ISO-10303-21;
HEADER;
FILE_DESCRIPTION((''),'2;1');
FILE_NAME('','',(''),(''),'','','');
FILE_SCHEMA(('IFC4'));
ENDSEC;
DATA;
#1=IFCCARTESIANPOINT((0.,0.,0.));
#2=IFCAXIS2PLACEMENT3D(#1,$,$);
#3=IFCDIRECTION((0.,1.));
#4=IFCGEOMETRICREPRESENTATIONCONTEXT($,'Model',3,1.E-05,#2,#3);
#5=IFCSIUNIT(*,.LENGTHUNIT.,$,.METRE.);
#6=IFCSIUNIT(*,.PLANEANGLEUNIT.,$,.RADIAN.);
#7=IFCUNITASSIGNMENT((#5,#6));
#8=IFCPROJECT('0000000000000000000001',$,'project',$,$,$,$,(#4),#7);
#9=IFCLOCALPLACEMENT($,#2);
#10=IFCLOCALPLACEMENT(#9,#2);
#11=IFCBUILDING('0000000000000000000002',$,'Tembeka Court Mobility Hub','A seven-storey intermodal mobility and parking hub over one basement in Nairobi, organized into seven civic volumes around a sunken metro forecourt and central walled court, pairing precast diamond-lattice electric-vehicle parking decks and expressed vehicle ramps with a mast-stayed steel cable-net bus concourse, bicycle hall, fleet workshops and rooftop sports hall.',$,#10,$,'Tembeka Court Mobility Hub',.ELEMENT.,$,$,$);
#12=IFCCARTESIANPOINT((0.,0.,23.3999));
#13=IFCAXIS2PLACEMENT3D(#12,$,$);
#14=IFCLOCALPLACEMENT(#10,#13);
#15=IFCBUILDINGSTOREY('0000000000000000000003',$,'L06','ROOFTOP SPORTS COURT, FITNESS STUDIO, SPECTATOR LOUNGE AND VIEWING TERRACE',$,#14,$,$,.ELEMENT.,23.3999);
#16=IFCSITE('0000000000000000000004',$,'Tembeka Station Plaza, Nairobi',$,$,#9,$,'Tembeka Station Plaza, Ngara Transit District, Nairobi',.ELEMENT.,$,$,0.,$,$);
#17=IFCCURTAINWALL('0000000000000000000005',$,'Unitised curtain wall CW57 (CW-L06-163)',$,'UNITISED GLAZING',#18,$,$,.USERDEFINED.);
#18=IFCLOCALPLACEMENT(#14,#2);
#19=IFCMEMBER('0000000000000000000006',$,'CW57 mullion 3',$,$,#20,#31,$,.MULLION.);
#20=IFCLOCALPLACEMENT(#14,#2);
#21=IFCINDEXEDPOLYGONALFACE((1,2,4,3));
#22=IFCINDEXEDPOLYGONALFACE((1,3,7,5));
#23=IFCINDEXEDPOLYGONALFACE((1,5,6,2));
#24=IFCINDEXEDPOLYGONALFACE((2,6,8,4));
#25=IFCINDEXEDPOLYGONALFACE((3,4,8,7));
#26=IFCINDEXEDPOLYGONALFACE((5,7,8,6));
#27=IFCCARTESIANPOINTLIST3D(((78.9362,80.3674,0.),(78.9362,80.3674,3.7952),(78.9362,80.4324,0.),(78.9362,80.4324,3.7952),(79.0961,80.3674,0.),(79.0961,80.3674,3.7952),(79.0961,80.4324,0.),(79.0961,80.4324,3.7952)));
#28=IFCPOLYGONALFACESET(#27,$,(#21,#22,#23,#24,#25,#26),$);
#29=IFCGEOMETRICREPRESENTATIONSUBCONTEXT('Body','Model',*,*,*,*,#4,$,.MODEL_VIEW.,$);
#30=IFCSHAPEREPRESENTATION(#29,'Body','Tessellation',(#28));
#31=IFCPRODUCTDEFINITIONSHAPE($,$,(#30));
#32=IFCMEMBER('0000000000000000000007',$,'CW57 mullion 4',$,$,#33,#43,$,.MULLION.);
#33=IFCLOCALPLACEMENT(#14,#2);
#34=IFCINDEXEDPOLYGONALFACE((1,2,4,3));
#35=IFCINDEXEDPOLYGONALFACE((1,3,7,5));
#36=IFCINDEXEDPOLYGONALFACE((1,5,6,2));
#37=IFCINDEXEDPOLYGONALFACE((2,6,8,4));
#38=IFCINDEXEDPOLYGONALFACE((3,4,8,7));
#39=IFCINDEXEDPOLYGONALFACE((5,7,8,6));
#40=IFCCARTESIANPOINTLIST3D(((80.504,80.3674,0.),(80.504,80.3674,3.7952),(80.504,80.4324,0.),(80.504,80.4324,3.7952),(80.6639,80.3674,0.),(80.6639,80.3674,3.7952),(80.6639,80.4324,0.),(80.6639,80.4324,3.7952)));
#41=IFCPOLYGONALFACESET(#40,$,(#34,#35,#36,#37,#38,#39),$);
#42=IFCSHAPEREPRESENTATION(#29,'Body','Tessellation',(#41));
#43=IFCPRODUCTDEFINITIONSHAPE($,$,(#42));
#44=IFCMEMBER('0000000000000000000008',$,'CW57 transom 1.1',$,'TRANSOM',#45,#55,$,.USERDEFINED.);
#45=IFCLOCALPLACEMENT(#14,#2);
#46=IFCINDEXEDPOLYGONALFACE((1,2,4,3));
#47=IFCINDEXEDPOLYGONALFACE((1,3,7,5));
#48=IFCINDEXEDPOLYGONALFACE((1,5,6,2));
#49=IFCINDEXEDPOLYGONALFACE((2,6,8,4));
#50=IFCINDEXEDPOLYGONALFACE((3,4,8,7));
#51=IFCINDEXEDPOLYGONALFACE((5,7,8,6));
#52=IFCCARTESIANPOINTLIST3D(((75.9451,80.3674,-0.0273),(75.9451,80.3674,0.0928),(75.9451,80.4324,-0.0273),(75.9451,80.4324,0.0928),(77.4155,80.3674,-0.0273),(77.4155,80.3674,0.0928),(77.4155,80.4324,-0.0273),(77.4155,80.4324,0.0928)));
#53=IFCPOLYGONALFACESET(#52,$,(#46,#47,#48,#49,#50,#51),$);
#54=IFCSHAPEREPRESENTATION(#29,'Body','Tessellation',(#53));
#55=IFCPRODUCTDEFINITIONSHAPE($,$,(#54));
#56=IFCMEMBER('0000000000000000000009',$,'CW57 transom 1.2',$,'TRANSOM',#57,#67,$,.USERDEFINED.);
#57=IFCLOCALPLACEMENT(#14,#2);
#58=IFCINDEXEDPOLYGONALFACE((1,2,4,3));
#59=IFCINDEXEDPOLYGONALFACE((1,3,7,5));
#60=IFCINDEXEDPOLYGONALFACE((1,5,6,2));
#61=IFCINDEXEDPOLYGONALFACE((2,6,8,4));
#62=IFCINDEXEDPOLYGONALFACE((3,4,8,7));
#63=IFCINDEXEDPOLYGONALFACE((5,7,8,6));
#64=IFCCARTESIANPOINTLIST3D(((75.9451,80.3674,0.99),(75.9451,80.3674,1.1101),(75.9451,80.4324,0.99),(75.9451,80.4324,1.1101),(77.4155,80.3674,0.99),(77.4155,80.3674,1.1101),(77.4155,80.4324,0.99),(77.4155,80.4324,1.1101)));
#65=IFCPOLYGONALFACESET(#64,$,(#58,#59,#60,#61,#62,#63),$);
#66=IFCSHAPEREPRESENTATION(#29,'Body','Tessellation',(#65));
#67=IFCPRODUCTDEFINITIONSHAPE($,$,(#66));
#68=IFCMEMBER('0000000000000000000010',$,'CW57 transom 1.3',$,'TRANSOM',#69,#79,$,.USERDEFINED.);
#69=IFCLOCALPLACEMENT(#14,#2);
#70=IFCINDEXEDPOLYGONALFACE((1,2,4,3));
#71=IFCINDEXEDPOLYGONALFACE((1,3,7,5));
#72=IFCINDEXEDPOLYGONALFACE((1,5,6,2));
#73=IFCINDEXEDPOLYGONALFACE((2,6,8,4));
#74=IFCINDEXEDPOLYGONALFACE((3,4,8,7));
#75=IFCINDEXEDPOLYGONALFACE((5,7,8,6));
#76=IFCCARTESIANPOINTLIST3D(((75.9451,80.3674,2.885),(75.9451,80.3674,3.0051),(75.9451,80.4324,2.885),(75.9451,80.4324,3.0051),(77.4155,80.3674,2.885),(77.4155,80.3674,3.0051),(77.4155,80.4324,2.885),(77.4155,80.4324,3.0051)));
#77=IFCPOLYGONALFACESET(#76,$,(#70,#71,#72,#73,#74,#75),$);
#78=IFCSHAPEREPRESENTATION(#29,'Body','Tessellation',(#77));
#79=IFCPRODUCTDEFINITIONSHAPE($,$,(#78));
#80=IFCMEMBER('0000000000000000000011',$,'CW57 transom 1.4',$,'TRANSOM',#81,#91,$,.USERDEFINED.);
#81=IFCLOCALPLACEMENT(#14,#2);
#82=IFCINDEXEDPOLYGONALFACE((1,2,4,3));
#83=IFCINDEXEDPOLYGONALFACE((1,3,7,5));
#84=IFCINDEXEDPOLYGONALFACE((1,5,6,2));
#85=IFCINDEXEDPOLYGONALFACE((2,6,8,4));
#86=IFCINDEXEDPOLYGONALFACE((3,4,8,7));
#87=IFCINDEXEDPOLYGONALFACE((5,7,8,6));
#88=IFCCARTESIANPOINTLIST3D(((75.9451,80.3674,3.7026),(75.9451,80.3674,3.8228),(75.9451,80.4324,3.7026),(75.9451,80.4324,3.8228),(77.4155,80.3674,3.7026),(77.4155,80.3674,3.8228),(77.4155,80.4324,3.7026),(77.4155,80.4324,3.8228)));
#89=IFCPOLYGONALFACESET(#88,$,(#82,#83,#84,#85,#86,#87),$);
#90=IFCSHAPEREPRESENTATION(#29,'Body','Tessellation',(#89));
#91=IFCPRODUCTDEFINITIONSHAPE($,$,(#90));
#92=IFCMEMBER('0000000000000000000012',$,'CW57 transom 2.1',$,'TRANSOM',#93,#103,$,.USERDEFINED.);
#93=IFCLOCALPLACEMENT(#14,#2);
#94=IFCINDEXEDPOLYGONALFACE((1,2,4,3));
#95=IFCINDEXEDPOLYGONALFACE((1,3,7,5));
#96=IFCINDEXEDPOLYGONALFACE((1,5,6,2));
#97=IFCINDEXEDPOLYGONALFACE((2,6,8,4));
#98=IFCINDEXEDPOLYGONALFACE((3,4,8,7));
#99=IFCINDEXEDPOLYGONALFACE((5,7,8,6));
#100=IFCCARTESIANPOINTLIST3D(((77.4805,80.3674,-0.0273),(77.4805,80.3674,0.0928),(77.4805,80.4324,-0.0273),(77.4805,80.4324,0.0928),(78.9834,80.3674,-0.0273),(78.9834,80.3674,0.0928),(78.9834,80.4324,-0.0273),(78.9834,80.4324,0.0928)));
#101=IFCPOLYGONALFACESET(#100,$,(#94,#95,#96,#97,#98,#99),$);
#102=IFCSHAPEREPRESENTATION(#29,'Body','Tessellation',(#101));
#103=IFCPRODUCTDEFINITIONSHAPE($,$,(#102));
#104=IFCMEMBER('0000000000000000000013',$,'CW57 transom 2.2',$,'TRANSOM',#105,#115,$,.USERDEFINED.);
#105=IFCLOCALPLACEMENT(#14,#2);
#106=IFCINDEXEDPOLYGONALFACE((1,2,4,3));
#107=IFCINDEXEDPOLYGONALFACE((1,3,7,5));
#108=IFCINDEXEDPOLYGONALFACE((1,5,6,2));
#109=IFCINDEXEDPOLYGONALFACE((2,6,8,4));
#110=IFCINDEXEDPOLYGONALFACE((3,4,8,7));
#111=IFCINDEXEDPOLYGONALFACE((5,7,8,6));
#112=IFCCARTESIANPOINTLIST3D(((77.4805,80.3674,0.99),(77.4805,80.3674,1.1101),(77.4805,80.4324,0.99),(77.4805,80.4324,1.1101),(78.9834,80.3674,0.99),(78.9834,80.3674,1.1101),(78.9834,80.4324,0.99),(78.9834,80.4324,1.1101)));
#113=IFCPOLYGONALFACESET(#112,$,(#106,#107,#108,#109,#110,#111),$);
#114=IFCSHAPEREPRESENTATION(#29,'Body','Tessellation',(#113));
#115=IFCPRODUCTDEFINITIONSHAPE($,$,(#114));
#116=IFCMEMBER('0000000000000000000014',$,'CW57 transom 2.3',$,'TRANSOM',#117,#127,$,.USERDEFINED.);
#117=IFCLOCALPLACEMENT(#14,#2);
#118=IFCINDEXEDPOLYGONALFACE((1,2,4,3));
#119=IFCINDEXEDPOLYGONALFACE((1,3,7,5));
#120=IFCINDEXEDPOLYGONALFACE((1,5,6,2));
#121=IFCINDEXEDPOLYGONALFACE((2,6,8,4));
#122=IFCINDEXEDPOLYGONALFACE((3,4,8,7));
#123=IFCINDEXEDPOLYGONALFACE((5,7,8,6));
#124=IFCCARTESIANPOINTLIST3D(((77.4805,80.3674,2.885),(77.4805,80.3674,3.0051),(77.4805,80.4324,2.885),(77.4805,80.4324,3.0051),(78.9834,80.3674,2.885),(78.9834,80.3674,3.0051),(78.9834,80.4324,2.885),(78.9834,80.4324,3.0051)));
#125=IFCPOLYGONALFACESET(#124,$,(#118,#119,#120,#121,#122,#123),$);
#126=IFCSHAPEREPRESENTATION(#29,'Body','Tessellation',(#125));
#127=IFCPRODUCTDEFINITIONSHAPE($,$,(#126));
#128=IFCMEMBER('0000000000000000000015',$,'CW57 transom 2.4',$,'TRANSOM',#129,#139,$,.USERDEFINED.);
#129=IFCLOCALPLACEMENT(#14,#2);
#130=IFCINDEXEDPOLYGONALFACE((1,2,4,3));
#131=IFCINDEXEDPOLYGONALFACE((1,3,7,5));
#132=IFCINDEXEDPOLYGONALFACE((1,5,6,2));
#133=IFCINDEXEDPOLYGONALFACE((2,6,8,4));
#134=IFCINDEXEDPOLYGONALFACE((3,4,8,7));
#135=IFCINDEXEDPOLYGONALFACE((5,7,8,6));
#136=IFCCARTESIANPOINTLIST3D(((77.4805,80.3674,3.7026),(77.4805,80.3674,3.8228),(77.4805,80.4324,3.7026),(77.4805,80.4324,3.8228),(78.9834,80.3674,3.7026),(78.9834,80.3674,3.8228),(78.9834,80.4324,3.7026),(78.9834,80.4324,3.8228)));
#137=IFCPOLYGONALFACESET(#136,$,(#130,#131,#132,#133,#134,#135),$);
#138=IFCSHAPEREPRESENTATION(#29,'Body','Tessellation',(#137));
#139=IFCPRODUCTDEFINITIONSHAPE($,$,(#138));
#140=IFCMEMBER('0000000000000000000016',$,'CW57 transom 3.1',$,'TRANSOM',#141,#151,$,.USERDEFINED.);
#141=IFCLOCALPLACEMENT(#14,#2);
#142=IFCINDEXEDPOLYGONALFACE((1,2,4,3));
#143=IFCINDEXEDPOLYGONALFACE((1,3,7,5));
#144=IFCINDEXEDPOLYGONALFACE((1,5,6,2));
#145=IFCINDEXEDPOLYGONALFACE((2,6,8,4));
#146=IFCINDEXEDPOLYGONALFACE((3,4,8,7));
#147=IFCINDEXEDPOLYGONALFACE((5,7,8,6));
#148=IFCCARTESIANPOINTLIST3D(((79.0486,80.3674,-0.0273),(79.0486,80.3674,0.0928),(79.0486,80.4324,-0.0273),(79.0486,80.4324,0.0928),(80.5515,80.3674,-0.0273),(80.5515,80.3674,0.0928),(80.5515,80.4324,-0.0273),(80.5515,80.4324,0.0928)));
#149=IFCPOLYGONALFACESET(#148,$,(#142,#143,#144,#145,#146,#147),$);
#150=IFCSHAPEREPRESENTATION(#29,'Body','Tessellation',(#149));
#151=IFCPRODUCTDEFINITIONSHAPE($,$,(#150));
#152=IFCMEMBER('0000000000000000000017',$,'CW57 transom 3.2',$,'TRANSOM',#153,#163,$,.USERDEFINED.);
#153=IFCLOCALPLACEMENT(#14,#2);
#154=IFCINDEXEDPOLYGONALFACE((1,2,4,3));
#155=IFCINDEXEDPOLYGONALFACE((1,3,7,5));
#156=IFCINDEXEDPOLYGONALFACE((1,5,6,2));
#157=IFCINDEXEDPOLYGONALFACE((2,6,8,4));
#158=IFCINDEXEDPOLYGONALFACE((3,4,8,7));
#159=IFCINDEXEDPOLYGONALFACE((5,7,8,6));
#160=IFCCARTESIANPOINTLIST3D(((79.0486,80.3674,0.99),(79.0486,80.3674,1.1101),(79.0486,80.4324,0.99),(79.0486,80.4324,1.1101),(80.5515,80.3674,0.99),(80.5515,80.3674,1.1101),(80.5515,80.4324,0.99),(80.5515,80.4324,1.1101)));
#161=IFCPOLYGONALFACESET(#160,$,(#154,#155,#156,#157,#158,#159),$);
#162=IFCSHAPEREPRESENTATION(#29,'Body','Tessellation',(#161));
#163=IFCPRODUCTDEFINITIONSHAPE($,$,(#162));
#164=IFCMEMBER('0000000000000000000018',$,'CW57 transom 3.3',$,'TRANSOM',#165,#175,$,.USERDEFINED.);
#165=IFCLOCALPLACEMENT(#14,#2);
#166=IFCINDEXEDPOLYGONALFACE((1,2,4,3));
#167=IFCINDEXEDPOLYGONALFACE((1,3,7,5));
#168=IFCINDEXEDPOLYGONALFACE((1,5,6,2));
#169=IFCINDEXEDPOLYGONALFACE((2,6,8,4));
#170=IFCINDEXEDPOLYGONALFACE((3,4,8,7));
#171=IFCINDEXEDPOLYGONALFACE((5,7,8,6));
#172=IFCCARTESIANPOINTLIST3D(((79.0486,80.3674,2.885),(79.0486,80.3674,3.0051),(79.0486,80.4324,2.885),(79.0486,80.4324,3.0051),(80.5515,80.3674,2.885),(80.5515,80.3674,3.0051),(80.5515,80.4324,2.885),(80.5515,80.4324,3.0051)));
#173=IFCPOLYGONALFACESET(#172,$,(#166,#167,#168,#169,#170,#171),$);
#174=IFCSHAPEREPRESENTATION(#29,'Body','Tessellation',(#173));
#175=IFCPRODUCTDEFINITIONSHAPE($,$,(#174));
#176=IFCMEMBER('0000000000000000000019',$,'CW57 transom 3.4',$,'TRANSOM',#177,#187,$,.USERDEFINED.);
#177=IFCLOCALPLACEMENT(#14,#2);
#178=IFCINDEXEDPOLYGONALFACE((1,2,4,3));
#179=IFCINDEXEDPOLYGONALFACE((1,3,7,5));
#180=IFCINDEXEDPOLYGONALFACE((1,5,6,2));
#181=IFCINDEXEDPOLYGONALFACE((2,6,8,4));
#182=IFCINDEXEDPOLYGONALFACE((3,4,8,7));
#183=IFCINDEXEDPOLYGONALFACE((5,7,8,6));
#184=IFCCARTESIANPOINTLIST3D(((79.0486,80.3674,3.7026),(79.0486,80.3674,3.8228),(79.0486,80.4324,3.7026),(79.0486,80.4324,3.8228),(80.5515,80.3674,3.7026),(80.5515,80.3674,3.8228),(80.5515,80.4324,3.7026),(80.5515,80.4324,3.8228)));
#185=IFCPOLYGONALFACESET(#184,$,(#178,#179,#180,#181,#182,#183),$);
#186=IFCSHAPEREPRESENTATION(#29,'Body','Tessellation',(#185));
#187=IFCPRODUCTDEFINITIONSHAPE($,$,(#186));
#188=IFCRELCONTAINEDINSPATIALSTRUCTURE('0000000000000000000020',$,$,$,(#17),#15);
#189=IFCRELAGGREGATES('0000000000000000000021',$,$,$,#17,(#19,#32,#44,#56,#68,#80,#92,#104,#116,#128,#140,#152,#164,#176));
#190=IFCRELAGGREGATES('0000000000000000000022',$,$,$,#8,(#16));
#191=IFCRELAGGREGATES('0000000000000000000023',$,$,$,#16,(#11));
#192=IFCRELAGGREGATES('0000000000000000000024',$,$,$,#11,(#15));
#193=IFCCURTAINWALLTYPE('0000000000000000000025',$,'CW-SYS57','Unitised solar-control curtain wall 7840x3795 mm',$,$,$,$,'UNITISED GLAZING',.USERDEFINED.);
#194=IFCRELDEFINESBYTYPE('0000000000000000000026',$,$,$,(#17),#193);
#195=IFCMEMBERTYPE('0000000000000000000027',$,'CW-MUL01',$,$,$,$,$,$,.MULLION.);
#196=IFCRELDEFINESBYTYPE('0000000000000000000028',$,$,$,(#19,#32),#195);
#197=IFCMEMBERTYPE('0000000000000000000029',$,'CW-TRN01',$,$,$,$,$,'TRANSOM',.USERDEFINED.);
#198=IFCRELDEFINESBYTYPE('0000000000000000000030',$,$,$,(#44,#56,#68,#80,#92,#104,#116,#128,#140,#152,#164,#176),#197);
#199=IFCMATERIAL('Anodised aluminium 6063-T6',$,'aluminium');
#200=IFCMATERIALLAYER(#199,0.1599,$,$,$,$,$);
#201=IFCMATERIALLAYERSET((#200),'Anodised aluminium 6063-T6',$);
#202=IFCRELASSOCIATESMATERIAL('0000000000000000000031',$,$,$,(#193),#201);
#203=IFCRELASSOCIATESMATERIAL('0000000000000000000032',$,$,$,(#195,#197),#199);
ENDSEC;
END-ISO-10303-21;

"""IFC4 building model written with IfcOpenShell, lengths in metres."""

from ifc_helpers import new_model, si_unit, direction, frame, origin, origin_2d, place, context, subcontext, project, spatial, rectangle, extrude, material, layer, layer_set, material_profile, profile_set, type_object, element, aggregate, save


model = new_model("IFC4")

# Units and contexts
model_context = context("Model", 3, precision=1e-05, world=origin(), true_north=direction((0.0, 1.0)))
body_context = subcontext(model_context, "Body", "Model", "MODEL_VIEW")
ifc_project = project(units=[si_unit("LENGTHUNIT", "METRE"), si_unit("PLANEANGLEUNIT", "RADIAN")], contexts=[model_context])

# Site, building, storey
site_placement = place(None, origin())
site = spatial("IfcSite", under=ifc_project, at=site_placement, Name="Tembeka Station Plaza, Nairobi", LongName="Tembeka Station Plaza, Ngara Transit District, Nairobi", CompositionType="ELEMENT", RefElevation=0.0)
building_placement = place(site_placement, origin())
building = spatial("IfcBuilding", under=site, at=building_placement, Name="Tembeka Court Mobility Hub", Description="A seven-storey intermodal mobility and parking hub over one basement in Nairobi, organized into seven civic volumes around a sunken metro forecourt and central walled court, pairing precast diamond-lattice electric-vehicle parking decks and expressed vehicle ramps with a mast-stayed steel cable-net bus concourse, bicycle hall, fleet workshops and rooftop sports hall.", LongName="Tembeka Court Mobility Hub", CompositionType="ELEMENT")
storey_placement = place(building_placement, frame((0.0, 0.0, 23.3999)))
storey = spatial("IfcBuildingStorey", under=building, at=storey_placement, Name="L06", Description="ROOFTOP SPORTS COURT, FITNESS STUDIO, SPECTATOR LOUNGE AND VIEWING TERRACE", CompositionType="ELEMENT", Elevation=23.3999)

# Shared definitions
ifc_material_1 = material(Name="Anodised aluminium 6063-T6", Category="aluminium")
ifc_layer_1 = layer(ifc_material_1, 0.1599)
ifc_layer_set_1 = layer_set([ifc_layer_1], Name="Anodised aluminium 6063-T6")
curtain_wall_type = type_object("IfcCurtainWallType", Name="CW-SYS57", Description="Unitised solar-control curtain wall 7840x3795 mm", ElementType="UNITISED GLAZING", PredefinedType="USERDEFINED", material=ifc_layer_set_1)
ifc_material_profile_1 = material_profile(ifc_material_1, rectangle(XDim=0.0649, YDim=0.1599, at=origin_2d()), Name="ALU-MUL 65x160")
ifc_profile_set_1 = profile_set([ifc_material_profile_1], Name="Anodised aluminium 6063-T6")
member_type_1 = type_object("IfcMemberType", Name="CW-MUL01", PredefinedType="MULLION", material=ifc_profile_set_1)

# Curtain wall, members
curtain_wall_1_placement = place(storey_placement, origin())
curtain_wall_1 = element("IfcCurtainWall", 1, at=curtain_wall_1_placement, inside=storey, type_object=curtain_wall_type, Name="Unitised curtain wall CW57 (CW-L06-163)", ObjectType="UNITISED GLAZING", PredefinedType="USERDEFINED")
member_1_placement = place(storey_placement, frame((79.0161, 80.3999, 0.0), z_axis=(0.0, 0.0, 1.0), x_axis=(0.0, 1.0, 0.0)))
member_1 = element("IfcMember", 2, at=member_1_placement, type_object=member_type_1, Name="CW57 mullion 3", PredefinedType="MULLION", context=body_context, shape_type="SweptSolid", body=[
    extrude(rectangle(XDim=0.0649, YDim=0.1599, at=origin_2d()), origin(), (0.0, 0.0, 1.0), 3.7952),
])
member_2_placement = place(storey_placement, frame((80.584, 80.3999, 0.0), z_axis=(0.0, 0.0, 1.0), x_axis=(0.0, 1.0, 0.0)))
member_2 = element("IfcMember", 3, at=member_2_placement, type_object=member_type_1, Name="CW57 mullion 4", PredefinedType="MULLION", context=body_context, shape_type="SweptSolid", body=[
    extrude(rectangle(XDim=0.0649, YDim=0.1599, at=origin_2d()), origin(), (0.0, 0.0, 1.0), 3.7952),
])
ifc_material_profile_2 = material_profile(ifc_material_1, rectangle(XDim=0.0649, YDim=0.1201, at=origin_2d()), Name="ALU-TRN 65x120")
ifc_profile_set_2 = profile_set([ifc_material_profile_2], Name="Anodised aluminium 6063-T6")
member_type_2 = type_object("IfcMemberType", Name="CW-TRN01", ElementType="TRANSOM", PredefinedType="USERDEFINED", material=ifc_profile_set_2)
member_3_placement = place(storey_placement, frame((75.9451, 80.3999, 0.0327), z_axis=(1.0, 0.0, 0.0), x_axis=(0.0, 1.0, 0.0)))
member_3 = element("IfcMember", 4, at=member_3_placement, type_object=member_type_2, Name="CW57 transom 1.1", ObjectType="TRANSOM", PredefinedType="USERDEFINED", context=body_context, shape_type="SweptSolid", body=[
    extrude(rectangle(XDim=0.0649, YDim=0.1201, at=origin_2d()), origin(), (0.0, 0.0, 1.0), 1.4705),
])
member_4_placement = place(storey_placement, frame((75.9451, 80.3999, 1.05), z_axis=(1.0, 0.0, 0.0), x_axis=(0.0, 1.0, 0.0)))
member_4 = element("IfcMember", 5, at=member_4_placement, type_object=member_type_2, Name="CW57 transom 1.2", ObjectType="TRANSOM", PredefinedType="USERDEFINED", context=body_context, shape_type="SweptSolid", body=[
    extrude(rectangle(XDim=0.0649, YDim=0.1201, at=origin_2d()), origin(), (0.0, 0.0, 1.0), 1.4705),
])
member_5_placement = place(storey_placement, frame((75.9451, 80.3999, 2.9451), z_axis=(1.0, 0.0, 0.0), x_axis=(0.0, 1.0, 0.0)))
member_5 = element("IfcMember", 6, at=member_5_placement, type_object=member_type_2, Name="CW57 transom 1.3", ObjectType="TRANSOM", PredefinedType="USERDEFINED", context=body_context, shape_type="SweptSolid", body=[
    extrude(rectangle(XDim=0.0649, YDim=0.1201, at=origin_2d()), origin(), (0.0, 0.0, 1.0), 1.4705),
])
member_6_placement = place(storey_placement, frame((75.9451, 80.3999, 3.7627), z_axis=(1.0, 0.0, 0.0), x_axis=(0.0, 1.0, 0.0)))
member_6 = element("IfcMember", 7, at=member_6_placement, type_object=member_type_2, Name="CW57 transom 1.4", ObjectType="TRANSOM", PredefinedType="USERDEFINED", context=body_context, shape_type="SweptSolid", body=[
    extrude(rectangle(XDim=0.0649, YDim=0.1201, at=origin_2d()), origin(), (0.0, 0.0, 1.0), 1.4705),
])
member_7_placement = place(storey_placement, frame((77.4805, 80.3999, 0.0327), z_axis=(1.0, 0.0, 0.0), x_axis=(0.0, 1.0, 0.0)))
member_7 = element("IfcMember", 8, at=member_7_placement, type_object=member_type_2, Name="CW57 transom 2.1", ObjectType="TRANSOM", PredefinedType="USERDEFINED", context=body_context, shape_type="SweptSolid", body=[
    extrude(rectangle(XDim=0.0649, YDim=0.1201, at=origin_2d()), origin(), (0.0, 0.0, 1.0), 1.5029),
])
member_8_placement = place(storey_placement, frame((77.4805, 80.3999, 1.05), z_axis=(1.0, 0.0, 0.0), x_axis=(0.0, 1.0, 0.0)))
member_8 = element("IfcMember", 9, at=member_8_placement, type_object=member_type_2, Name="CW57 transom 2.2", ObjectType="TRANSOM", PredefinedType="USERDEFINED", context=body_context, shape_type="SweptSolid", body=[
    extrude(rectangle(XDim=0.0649, YDim=0.1201, at=origin_2d()), origin(), (0.0, 0.0, 1.0), 1.5029),
])
member_9_placement = place(storey_placement, frame((77.4805, 80.3999, 2.9451), z_axis=(1.0, 0.0, 0.0), x_axis=(0.0, 1.0, 0.0)))
member_9 = element("IfcMember", 10, at=member_9_placement, type_object=member_type_2, Name="CW57 transom 2.3", ObjectType="TRANSOM", PredefinedType="USERDEFINED", context=body_context, shape_type="SweptSolid", body=[
    extrude(rectangle(XDim=0.0649, YDim=0.1201, at=origin_2d()), origin(), (0.0, 0.0, 1.0), 1.5029),
])
member_10_placement = place(storey_placement, frame((77.4805, 80.3999, 3.7627), z_axis=(1.0, 0.0, 0.0), x_axis=(0.0, 1.0, 0.0)))
member_10 = element("IfcMember", 11, at=member_10_placement, type_object=member_type_2, Name="CW57 transom 2.4", ObjectType="TRANSOM", PredefinedType="USERDEFINED", context=body_context, shape_type="SweptSolid", body=[
    extrude(rectangle(XDim=0.0649, YDim=0.1201, at=origin_2d()), origin(), (0.0, 0.0, 1.0), 1.5029),
])
member_11_placement = place(storey_placement, frame((79.0486, 80.3999, 0.0327), z_axis=(1.0, 0.0, 0.0), x_axis=(0.0, 1.0, 0.0)))
member_11 = element("IfcMember", 12, at=member_11_placement, type_object=member_type_2, Name="CW57 transom 3.1", ObjectType="TRANSOM", PredefinedType="USERDEFINED", context=body_context, shape_type="SweptSolid", body=[
    extrude(rectangle(XDim=0.0649, YDim=0.1201, at=origin_2d()), origin(), (0.0, 0.0, 1.0), 1.5029),
])
member_12_placement = place(storey_placement, frame((79.0486, 80.3999, 1.05), z_axis=(1.0, 0.0, 0.0), x_axis=(0.0, 1.0, 0.0)))
member_12 = element("IfcMember", 13, at=member_12_placement, type_object=member_type_2, Name="CW57 transom 3.2", ObjectType="TRANSOM", PredefinedType="USERDEFINED", context=body_context, shape_type="SweptSolid", body=[
    extrude(rectangle(XDim=0.0649, YDim=0.1201, at=origin_2d()), origin(), (0.0, 0.0, 1.0), 1.5029),
])
member_13_placement = place(storey_placement, frame((79.0486, 80.3999, 2.9451), z_axis=(1.0, 0.0, 0.0), x_axis=(0.0, 1.0, 0.0)))
member_13 = element("IfcMember", 14, at=member_13_placement, type_object=member_type_2, Name="CW57 transom 3.3", ObjectType="TRANSOM", PredefinedType="USERDEFINED", context=body_context, shape_type="SweptSolid", body=[
    extrude(rectangle(XDim=0.0649, YDim=0.1201, at=origin_2d()), origin(), (0.0, 0.0, 1.0), 1.5029),
])
member_14_placement = place(storey_placement, frame((79.0486, 80.3999, 3.7627), z_axis=(1.0, 0.0, 0.0), x_axis=(0.0, 1.0, 0.0)))
member_14 = element("IfcMember", 15, at=member_14_placement, type_object=member_type_2, Name="CW57 transom 3.4", ObjectType="TRANSOM", PredefinedType="USERDEFINED", context=body_context, shape_type="SweptSolid", body=[
    extrude(rectangle(XDim=0.0649, YDim=0.1201, at=origin_2d()), origin(), (0.0, 0.0, 1.0), 1.5029),
])
aggregate(curtain_wall_1, [member_1, member_2, member_3, member_4, member_5, member_6, member_7, member_8, member_9, member_10, member_11, member_12, member_13, member_14])

save(model, "model.ifc")
